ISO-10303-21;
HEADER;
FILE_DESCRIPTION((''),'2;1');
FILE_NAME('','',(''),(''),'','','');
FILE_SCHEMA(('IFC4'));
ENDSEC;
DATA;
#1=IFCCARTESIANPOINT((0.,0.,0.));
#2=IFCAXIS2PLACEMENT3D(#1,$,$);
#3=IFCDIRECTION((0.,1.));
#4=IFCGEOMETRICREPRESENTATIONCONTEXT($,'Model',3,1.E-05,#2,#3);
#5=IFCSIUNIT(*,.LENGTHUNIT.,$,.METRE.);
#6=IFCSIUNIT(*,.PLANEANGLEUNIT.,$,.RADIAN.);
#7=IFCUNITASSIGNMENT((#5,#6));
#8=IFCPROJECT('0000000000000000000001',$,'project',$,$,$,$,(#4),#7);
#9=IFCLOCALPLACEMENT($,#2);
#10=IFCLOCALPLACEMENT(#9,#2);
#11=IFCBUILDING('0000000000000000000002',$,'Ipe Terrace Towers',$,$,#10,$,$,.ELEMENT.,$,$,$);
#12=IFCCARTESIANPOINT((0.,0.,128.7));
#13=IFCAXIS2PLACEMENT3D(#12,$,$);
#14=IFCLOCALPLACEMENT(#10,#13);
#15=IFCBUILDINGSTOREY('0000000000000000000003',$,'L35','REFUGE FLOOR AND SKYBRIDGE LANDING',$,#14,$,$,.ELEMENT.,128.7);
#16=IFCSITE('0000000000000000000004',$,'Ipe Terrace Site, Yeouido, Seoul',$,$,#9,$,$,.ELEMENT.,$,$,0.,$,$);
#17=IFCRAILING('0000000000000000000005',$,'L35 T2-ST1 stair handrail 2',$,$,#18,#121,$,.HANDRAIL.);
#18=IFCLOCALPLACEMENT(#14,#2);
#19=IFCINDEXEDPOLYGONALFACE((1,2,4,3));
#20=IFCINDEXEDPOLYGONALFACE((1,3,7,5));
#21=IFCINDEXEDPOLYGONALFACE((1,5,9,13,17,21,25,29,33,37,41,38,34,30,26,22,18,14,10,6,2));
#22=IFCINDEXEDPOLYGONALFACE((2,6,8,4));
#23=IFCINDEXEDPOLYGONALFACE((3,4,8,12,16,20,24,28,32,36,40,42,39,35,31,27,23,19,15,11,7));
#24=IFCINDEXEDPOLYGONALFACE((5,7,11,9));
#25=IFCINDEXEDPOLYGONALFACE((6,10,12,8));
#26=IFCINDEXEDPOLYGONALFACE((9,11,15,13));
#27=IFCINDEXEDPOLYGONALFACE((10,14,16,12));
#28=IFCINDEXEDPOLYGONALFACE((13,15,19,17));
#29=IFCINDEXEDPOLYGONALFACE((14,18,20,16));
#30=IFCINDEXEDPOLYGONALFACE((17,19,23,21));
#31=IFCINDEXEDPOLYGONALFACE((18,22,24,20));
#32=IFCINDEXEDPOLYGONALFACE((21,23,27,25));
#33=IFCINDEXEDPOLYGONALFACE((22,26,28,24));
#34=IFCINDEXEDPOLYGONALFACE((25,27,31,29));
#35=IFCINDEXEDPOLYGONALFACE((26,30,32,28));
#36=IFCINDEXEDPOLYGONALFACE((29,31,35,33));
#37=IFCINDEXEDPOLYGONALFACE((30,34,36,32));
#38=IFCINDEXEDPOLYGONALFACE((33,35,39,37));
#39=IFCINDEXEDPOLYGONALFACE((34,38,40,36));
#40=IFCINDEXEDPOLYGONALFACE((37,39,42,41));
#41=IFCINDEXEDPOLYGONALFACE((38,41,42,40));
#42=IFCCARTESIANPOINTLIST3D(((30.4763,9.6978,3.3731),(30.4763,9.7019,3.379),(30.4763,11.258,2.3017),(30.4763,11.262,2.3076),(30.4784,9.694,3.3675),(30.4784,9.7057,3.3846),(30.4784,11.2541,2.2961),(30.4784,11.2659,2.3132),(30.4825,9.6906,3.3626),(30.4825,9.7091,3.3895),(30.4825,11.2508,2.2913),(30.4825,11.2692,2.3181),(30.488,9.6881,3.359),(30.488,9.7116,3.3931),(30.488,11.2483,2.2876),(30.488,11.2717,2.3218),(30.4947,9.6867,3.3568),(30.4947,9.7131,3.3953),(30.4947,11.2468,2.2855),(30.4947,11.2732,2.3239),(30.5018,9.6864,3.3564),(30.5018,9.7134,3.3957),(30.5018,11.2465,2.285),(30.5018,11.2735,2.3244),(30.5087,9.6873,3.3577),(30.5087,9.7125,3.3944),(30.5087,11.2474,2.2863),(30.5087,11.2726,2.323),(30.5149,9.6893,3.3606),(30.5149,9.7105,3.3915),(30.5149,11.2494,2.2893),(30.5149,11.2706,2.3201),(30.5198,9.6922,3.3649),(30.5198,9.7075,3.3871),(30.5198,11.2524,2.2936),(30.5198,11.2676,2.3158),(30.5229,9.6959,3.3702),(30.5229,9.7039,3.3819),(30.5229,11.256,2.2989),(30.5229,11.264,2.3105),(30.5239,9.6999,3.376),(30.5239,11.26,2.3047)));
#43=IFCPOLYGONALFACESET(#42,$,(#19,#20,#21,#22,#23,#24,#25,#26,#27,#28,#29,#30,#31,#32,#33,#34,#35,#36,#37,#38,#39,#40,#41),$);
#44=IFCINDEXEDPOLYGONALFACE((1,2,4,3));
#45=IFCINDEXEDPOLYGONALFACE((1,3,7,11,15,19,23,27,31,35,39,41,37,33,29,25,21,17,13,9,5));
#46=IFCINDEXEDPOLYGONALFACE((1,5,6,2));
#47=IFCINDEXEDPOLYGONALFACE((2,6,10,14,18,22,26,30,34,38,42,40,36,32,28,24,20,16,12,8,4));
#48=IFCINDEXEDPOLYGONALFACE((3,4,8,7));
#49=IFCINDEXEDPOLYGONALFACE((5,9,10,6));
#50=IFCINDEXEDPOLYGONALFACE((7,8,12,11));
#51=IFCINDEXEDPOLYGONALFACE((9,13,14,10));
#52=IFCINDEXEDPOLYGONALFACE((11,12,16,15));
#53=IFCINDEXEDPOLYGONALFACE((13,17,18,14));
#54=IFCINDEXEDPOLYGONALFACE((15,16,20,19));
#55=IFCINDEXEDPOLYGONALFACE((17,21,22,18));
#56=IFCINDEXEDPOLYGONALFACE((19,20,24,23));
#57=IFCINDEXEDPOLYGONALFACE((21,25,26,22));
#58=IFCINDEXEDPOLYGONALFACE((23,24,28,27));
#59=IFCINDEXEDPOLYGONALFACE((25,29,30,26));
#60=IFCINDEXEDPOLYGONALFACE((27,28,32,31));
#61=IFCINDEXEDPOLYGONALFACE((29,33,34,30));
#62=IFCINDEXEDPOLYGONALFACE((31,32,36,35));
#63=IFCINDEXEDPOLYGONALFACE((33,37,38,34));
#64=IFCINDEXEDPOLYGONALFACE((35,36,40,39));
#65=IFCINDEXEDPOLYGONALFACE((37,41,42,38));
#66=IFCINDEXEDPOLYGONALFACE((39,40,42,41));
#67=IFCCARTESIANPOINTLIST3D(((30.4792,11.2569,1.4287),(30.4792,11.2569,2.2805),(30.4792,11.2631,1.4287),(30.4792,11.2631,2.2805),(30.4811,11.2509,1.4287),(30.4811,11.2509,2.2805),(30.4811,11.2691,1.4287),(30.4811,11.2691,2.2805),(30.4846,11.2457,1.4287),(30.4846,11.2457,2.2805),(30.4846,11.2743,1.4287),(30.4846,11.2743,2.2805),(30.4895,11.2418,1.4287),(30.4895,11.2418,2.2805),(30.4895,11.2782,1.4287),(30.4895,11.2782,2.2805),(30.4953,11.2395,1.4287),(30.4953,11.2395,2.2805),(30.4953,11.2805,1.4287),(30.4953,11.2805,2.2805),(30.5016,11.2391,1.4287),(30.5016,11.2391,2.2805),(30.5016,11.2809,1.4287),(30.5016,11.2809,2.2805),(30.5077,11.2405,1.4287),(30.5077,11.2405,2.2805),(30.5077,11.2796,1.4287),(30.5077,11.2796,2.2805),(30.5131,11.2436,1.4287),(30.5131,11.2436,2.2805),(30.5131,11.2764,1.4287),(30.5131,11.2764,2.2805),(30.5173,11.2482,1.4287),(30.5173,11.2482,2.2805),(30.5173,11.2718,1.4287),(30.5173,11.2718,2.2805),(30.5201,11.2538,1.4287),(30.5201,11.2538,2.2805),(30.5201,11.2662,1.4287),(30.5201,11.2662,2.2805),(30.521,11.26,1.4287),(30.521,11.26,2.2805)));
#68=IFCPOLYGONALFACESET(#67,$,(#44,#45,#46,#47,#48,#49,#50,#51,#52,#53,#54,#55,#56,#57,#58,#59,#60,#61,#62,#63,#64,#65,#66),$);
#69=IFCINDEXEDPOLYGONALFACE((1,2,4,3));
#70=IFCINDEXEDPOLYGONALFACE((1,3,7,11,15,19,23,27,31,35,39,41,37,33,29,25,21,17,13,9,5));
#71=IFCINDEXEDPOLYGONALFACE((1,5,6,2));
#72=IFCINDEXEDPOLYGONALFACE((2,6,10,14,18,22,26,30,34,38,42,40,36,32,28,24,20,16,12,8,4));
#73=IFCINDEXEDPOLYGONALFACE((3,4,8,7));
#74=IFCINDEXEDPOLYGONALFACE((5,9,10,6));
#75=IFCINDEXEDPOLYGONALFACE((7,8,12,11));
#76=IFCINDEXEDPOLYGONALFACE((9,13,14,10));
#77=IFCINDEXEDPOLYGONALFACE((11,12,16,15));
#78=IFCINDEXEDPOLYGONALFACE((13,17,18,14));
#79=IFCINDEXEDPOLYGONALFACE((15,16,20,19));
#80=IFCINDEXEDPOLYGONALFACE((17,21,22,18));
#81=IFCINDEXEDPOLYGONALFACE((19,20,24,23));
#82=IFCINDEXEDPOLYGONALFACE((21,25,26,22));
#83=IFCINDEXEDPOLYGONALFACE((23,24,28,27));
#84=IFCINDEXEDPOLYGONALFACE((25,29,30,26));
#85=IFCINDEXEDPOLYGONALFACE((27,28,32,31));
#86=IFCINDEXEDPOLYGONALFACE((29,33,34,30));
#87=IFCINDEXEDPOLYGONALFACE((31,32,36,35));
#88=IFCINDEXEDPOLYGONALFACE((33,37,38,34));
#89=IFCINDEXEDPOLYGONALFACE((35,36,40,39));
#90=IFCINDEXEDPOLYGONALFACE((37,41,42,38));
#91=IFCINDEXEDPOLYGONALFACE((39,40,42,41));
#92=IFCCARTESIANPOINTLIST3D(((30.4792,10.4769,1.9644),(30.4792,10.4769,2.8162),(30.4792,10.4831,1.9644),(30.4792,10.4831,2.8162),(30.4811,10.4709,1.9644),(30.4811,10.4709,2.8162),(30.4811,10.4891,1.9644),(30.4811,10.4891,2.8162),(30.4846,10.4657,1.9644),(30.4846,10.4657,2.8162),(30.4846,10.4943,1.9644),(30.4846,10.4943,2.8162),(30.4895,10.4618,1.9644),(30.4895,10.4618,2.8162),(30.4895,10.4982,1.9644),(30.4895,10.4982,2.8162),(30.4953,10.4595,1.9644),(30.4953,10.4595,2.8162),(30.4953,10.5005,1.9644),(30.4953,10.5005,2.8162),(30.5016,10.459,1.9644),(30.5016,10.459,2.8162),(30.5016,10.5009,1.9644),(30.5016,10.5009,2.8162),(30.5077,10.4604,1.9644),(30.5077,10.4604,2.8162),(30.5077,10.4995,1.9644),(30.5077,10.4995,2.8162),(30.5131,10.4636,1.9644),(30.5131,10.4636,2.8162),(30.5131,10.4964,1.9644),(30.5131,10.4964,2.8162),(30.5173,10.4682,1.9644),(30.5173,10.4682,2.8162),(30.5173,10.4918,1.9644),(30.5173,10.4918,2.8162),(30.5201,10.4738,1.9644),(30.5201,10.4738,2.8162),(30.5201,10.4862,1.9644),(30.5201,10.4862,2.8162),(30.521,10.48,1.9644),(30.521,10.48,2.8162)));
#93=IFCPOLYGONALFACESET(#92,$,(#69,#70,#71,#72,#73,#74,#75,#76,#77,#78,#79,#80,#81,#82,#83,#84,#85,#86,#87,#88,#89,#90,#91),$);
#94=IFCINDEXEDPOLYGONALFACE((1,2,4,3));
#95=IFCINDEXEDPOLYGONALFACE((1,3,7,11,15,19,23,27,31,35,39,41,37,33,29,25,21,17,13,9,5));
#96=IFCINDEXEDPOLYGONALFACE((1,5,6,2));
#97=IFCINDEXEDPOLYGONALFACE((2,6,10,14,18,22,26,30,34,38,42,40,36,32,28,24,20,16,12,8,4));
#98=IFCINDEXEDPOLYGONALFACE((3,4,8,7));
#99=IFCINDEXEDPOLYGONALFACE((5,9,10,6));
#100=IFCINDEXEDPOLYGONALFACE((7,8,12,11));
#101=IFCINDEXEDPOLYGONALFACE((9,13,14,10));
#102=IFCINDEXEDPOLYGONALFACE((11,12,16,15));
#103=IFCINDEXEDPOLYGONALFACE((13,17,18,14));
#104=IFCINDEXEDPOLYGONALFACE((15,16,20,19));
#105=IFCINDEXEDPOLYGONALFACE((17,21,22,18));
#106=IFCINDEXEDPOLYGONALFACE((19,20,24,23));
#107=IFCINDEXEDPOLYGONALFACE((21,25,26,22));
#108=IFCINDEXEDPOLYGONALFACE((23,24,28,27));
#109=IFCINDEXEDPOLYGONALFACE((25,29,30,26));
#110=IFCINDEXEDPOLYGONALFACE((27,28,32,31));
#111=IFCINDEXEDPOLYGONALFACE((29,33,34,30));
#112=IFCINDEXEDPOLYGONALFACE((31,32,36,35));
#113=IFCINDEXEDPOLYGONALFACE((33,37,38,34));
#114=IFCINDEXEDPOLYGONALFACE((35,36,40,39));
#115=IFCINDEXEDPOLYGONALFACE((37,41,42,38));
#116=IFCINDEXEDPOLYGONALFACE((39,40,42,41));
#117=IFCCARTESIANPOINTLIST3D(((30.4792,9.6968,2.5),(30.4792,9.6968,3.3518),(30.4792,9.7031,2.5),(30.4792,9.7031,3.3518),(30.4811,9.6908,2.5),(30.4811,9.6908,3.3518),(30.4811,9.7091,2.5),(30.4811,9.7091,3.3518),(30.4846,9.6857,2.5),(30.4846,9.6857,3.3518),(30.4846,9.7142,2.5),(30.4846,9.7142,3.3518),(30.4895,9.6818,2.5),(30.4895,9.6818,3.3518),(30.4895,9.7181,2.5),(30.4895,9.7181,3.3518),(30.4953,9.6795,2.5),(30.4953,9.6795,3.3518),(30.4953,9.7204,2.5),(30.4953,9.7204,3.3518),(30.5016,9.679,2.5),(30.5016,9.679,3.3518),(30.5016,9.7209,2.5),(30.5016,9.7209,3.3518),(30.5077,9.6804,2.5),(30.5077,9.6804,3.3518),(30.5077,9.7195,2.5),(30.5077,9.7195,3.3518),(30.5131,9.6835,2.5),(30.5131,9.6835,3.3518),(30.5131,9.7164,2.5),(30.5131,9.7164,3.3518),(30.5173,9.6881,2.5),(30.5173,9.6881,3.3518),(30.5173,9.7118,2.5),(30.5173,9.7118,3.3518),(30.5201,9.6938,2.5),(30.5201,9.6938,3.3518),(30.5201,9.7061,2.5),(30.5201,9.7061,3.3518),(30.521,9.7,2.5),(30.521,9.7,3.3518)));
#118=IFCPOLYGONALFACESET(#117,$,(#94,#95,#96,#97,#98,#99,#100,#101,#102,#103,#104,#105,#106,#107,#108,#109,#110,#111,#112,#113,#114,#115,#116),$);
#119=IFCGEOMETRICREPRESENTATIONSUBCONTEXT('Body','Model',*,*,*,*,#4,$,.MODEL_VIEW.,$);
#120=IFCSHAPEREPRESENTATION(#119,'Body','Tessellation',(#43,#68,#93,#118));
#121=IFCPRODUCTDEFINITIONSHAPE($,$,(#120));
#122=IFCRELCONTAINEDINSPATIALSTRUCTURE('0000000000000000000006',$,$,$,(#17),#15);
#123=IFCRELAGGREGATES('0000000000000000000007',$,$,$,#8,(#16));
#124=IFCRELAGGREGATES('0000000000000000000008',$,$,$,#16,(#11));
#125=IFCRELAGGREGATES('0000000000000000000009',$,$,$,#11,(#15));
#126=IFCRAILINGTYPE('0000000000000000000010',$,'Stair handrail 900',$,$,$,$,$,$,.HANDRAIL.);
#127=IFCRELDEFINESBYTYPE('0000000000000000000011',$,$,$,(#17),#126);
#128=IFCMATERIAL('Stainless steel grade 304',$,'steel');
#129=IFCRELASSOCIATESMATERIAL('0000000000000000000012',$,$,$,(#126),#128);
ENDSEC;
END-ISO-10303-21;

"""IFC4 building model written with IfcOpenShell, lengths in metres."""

from ifc_helpers import new_model, si_unit, direction, frame, origin, origin_2d, place, context, subcontext, project, spatial, circle, extrude, material, type_object, element, save


model = new_model("IFC4")

# Units and contexts
model_context = context("Model", 3, precision=1e-05, world=origin(), true_north=direction((0.0, 1.0)))
body_context = subcontext(model_context, "Body", "Model", "MODEL_VIEW")
ifc_project = project(units=[si_unit("LENGTHUNIT", "METRE"), si_unit("PLANEANGLEUNIT", "RADIAN")], contexts=[model_context])

# Site, building, storey
site_placement = place(None, origin())
site = spatial("IfcSite", under=ifc_project, at=site_placement, Name="Ipe Terrace Site, Yeouido, Seoul", CompositionType="ELEMENT", RefElevation=0.0)
building_placement = place(site_placement, origin())
building = spatial("IfcBuilding", under=site, at=building_placement, Name="Ipe Terrace Towers", CompositionType="ELEMENT")
storey_placement = place(building_placement, frame((0.0, 0.0, 128.7)))
storey = spatial("IfcBuildingStorey", under=building, at=storey_placement, Name="L35", Description="REFUGE FLOOR AND SKYBRIDGE LANDING", CompositionType="ELEMENT", Elevation=128.7)

# Railing
ifc_material_1 = material(Name="Stainless steel grade 304", Category="steel")
railing_type_1 = type_object("IfcRailingType", Name="Stair handrail 900", PredefinedType="HANDRAIL", material=ifc_material_1)
railing_1_placement = place(storey_placement, frame((30.5, 11.26, 1.4287)))
element("IfcRailing", 1, at=railing_1_placement, inside=storey, type_object=railing_type_1, Name="L35 T2-ST1 stair handrail 2", PredefinedType="HANDRAIL", context=body_context, shape_type="SweptSolid", body=[
    extrude(circle(Radius=0.0239, at=origin_2d()), frame((0.0, 0.0, 0.876), z_axis=(0.0, -0.82435, 0.56608), x_axis=(1.0, 0.0, 0.0)), (0.0, 0.0, 1.0), 1.8926),
    extrude(circle(Radius=0.021, at=origin_2d()), origin(), (0.0, 0.0, 1.0), 0.8518),
    extrude(circle(Radius=0.021, at=origin_2d()), frame((0.0, -0.78, 0.5356)), (0.0, 0.0, 1.0), 0.8518),
    extrude(circle(Radius=0.021, at=origin_2d()), frame((0.0, -1.5601, 1.0713)), (0.0, 0.0, 1.0), 0.8518),
])

save(model, "model.ifc")
